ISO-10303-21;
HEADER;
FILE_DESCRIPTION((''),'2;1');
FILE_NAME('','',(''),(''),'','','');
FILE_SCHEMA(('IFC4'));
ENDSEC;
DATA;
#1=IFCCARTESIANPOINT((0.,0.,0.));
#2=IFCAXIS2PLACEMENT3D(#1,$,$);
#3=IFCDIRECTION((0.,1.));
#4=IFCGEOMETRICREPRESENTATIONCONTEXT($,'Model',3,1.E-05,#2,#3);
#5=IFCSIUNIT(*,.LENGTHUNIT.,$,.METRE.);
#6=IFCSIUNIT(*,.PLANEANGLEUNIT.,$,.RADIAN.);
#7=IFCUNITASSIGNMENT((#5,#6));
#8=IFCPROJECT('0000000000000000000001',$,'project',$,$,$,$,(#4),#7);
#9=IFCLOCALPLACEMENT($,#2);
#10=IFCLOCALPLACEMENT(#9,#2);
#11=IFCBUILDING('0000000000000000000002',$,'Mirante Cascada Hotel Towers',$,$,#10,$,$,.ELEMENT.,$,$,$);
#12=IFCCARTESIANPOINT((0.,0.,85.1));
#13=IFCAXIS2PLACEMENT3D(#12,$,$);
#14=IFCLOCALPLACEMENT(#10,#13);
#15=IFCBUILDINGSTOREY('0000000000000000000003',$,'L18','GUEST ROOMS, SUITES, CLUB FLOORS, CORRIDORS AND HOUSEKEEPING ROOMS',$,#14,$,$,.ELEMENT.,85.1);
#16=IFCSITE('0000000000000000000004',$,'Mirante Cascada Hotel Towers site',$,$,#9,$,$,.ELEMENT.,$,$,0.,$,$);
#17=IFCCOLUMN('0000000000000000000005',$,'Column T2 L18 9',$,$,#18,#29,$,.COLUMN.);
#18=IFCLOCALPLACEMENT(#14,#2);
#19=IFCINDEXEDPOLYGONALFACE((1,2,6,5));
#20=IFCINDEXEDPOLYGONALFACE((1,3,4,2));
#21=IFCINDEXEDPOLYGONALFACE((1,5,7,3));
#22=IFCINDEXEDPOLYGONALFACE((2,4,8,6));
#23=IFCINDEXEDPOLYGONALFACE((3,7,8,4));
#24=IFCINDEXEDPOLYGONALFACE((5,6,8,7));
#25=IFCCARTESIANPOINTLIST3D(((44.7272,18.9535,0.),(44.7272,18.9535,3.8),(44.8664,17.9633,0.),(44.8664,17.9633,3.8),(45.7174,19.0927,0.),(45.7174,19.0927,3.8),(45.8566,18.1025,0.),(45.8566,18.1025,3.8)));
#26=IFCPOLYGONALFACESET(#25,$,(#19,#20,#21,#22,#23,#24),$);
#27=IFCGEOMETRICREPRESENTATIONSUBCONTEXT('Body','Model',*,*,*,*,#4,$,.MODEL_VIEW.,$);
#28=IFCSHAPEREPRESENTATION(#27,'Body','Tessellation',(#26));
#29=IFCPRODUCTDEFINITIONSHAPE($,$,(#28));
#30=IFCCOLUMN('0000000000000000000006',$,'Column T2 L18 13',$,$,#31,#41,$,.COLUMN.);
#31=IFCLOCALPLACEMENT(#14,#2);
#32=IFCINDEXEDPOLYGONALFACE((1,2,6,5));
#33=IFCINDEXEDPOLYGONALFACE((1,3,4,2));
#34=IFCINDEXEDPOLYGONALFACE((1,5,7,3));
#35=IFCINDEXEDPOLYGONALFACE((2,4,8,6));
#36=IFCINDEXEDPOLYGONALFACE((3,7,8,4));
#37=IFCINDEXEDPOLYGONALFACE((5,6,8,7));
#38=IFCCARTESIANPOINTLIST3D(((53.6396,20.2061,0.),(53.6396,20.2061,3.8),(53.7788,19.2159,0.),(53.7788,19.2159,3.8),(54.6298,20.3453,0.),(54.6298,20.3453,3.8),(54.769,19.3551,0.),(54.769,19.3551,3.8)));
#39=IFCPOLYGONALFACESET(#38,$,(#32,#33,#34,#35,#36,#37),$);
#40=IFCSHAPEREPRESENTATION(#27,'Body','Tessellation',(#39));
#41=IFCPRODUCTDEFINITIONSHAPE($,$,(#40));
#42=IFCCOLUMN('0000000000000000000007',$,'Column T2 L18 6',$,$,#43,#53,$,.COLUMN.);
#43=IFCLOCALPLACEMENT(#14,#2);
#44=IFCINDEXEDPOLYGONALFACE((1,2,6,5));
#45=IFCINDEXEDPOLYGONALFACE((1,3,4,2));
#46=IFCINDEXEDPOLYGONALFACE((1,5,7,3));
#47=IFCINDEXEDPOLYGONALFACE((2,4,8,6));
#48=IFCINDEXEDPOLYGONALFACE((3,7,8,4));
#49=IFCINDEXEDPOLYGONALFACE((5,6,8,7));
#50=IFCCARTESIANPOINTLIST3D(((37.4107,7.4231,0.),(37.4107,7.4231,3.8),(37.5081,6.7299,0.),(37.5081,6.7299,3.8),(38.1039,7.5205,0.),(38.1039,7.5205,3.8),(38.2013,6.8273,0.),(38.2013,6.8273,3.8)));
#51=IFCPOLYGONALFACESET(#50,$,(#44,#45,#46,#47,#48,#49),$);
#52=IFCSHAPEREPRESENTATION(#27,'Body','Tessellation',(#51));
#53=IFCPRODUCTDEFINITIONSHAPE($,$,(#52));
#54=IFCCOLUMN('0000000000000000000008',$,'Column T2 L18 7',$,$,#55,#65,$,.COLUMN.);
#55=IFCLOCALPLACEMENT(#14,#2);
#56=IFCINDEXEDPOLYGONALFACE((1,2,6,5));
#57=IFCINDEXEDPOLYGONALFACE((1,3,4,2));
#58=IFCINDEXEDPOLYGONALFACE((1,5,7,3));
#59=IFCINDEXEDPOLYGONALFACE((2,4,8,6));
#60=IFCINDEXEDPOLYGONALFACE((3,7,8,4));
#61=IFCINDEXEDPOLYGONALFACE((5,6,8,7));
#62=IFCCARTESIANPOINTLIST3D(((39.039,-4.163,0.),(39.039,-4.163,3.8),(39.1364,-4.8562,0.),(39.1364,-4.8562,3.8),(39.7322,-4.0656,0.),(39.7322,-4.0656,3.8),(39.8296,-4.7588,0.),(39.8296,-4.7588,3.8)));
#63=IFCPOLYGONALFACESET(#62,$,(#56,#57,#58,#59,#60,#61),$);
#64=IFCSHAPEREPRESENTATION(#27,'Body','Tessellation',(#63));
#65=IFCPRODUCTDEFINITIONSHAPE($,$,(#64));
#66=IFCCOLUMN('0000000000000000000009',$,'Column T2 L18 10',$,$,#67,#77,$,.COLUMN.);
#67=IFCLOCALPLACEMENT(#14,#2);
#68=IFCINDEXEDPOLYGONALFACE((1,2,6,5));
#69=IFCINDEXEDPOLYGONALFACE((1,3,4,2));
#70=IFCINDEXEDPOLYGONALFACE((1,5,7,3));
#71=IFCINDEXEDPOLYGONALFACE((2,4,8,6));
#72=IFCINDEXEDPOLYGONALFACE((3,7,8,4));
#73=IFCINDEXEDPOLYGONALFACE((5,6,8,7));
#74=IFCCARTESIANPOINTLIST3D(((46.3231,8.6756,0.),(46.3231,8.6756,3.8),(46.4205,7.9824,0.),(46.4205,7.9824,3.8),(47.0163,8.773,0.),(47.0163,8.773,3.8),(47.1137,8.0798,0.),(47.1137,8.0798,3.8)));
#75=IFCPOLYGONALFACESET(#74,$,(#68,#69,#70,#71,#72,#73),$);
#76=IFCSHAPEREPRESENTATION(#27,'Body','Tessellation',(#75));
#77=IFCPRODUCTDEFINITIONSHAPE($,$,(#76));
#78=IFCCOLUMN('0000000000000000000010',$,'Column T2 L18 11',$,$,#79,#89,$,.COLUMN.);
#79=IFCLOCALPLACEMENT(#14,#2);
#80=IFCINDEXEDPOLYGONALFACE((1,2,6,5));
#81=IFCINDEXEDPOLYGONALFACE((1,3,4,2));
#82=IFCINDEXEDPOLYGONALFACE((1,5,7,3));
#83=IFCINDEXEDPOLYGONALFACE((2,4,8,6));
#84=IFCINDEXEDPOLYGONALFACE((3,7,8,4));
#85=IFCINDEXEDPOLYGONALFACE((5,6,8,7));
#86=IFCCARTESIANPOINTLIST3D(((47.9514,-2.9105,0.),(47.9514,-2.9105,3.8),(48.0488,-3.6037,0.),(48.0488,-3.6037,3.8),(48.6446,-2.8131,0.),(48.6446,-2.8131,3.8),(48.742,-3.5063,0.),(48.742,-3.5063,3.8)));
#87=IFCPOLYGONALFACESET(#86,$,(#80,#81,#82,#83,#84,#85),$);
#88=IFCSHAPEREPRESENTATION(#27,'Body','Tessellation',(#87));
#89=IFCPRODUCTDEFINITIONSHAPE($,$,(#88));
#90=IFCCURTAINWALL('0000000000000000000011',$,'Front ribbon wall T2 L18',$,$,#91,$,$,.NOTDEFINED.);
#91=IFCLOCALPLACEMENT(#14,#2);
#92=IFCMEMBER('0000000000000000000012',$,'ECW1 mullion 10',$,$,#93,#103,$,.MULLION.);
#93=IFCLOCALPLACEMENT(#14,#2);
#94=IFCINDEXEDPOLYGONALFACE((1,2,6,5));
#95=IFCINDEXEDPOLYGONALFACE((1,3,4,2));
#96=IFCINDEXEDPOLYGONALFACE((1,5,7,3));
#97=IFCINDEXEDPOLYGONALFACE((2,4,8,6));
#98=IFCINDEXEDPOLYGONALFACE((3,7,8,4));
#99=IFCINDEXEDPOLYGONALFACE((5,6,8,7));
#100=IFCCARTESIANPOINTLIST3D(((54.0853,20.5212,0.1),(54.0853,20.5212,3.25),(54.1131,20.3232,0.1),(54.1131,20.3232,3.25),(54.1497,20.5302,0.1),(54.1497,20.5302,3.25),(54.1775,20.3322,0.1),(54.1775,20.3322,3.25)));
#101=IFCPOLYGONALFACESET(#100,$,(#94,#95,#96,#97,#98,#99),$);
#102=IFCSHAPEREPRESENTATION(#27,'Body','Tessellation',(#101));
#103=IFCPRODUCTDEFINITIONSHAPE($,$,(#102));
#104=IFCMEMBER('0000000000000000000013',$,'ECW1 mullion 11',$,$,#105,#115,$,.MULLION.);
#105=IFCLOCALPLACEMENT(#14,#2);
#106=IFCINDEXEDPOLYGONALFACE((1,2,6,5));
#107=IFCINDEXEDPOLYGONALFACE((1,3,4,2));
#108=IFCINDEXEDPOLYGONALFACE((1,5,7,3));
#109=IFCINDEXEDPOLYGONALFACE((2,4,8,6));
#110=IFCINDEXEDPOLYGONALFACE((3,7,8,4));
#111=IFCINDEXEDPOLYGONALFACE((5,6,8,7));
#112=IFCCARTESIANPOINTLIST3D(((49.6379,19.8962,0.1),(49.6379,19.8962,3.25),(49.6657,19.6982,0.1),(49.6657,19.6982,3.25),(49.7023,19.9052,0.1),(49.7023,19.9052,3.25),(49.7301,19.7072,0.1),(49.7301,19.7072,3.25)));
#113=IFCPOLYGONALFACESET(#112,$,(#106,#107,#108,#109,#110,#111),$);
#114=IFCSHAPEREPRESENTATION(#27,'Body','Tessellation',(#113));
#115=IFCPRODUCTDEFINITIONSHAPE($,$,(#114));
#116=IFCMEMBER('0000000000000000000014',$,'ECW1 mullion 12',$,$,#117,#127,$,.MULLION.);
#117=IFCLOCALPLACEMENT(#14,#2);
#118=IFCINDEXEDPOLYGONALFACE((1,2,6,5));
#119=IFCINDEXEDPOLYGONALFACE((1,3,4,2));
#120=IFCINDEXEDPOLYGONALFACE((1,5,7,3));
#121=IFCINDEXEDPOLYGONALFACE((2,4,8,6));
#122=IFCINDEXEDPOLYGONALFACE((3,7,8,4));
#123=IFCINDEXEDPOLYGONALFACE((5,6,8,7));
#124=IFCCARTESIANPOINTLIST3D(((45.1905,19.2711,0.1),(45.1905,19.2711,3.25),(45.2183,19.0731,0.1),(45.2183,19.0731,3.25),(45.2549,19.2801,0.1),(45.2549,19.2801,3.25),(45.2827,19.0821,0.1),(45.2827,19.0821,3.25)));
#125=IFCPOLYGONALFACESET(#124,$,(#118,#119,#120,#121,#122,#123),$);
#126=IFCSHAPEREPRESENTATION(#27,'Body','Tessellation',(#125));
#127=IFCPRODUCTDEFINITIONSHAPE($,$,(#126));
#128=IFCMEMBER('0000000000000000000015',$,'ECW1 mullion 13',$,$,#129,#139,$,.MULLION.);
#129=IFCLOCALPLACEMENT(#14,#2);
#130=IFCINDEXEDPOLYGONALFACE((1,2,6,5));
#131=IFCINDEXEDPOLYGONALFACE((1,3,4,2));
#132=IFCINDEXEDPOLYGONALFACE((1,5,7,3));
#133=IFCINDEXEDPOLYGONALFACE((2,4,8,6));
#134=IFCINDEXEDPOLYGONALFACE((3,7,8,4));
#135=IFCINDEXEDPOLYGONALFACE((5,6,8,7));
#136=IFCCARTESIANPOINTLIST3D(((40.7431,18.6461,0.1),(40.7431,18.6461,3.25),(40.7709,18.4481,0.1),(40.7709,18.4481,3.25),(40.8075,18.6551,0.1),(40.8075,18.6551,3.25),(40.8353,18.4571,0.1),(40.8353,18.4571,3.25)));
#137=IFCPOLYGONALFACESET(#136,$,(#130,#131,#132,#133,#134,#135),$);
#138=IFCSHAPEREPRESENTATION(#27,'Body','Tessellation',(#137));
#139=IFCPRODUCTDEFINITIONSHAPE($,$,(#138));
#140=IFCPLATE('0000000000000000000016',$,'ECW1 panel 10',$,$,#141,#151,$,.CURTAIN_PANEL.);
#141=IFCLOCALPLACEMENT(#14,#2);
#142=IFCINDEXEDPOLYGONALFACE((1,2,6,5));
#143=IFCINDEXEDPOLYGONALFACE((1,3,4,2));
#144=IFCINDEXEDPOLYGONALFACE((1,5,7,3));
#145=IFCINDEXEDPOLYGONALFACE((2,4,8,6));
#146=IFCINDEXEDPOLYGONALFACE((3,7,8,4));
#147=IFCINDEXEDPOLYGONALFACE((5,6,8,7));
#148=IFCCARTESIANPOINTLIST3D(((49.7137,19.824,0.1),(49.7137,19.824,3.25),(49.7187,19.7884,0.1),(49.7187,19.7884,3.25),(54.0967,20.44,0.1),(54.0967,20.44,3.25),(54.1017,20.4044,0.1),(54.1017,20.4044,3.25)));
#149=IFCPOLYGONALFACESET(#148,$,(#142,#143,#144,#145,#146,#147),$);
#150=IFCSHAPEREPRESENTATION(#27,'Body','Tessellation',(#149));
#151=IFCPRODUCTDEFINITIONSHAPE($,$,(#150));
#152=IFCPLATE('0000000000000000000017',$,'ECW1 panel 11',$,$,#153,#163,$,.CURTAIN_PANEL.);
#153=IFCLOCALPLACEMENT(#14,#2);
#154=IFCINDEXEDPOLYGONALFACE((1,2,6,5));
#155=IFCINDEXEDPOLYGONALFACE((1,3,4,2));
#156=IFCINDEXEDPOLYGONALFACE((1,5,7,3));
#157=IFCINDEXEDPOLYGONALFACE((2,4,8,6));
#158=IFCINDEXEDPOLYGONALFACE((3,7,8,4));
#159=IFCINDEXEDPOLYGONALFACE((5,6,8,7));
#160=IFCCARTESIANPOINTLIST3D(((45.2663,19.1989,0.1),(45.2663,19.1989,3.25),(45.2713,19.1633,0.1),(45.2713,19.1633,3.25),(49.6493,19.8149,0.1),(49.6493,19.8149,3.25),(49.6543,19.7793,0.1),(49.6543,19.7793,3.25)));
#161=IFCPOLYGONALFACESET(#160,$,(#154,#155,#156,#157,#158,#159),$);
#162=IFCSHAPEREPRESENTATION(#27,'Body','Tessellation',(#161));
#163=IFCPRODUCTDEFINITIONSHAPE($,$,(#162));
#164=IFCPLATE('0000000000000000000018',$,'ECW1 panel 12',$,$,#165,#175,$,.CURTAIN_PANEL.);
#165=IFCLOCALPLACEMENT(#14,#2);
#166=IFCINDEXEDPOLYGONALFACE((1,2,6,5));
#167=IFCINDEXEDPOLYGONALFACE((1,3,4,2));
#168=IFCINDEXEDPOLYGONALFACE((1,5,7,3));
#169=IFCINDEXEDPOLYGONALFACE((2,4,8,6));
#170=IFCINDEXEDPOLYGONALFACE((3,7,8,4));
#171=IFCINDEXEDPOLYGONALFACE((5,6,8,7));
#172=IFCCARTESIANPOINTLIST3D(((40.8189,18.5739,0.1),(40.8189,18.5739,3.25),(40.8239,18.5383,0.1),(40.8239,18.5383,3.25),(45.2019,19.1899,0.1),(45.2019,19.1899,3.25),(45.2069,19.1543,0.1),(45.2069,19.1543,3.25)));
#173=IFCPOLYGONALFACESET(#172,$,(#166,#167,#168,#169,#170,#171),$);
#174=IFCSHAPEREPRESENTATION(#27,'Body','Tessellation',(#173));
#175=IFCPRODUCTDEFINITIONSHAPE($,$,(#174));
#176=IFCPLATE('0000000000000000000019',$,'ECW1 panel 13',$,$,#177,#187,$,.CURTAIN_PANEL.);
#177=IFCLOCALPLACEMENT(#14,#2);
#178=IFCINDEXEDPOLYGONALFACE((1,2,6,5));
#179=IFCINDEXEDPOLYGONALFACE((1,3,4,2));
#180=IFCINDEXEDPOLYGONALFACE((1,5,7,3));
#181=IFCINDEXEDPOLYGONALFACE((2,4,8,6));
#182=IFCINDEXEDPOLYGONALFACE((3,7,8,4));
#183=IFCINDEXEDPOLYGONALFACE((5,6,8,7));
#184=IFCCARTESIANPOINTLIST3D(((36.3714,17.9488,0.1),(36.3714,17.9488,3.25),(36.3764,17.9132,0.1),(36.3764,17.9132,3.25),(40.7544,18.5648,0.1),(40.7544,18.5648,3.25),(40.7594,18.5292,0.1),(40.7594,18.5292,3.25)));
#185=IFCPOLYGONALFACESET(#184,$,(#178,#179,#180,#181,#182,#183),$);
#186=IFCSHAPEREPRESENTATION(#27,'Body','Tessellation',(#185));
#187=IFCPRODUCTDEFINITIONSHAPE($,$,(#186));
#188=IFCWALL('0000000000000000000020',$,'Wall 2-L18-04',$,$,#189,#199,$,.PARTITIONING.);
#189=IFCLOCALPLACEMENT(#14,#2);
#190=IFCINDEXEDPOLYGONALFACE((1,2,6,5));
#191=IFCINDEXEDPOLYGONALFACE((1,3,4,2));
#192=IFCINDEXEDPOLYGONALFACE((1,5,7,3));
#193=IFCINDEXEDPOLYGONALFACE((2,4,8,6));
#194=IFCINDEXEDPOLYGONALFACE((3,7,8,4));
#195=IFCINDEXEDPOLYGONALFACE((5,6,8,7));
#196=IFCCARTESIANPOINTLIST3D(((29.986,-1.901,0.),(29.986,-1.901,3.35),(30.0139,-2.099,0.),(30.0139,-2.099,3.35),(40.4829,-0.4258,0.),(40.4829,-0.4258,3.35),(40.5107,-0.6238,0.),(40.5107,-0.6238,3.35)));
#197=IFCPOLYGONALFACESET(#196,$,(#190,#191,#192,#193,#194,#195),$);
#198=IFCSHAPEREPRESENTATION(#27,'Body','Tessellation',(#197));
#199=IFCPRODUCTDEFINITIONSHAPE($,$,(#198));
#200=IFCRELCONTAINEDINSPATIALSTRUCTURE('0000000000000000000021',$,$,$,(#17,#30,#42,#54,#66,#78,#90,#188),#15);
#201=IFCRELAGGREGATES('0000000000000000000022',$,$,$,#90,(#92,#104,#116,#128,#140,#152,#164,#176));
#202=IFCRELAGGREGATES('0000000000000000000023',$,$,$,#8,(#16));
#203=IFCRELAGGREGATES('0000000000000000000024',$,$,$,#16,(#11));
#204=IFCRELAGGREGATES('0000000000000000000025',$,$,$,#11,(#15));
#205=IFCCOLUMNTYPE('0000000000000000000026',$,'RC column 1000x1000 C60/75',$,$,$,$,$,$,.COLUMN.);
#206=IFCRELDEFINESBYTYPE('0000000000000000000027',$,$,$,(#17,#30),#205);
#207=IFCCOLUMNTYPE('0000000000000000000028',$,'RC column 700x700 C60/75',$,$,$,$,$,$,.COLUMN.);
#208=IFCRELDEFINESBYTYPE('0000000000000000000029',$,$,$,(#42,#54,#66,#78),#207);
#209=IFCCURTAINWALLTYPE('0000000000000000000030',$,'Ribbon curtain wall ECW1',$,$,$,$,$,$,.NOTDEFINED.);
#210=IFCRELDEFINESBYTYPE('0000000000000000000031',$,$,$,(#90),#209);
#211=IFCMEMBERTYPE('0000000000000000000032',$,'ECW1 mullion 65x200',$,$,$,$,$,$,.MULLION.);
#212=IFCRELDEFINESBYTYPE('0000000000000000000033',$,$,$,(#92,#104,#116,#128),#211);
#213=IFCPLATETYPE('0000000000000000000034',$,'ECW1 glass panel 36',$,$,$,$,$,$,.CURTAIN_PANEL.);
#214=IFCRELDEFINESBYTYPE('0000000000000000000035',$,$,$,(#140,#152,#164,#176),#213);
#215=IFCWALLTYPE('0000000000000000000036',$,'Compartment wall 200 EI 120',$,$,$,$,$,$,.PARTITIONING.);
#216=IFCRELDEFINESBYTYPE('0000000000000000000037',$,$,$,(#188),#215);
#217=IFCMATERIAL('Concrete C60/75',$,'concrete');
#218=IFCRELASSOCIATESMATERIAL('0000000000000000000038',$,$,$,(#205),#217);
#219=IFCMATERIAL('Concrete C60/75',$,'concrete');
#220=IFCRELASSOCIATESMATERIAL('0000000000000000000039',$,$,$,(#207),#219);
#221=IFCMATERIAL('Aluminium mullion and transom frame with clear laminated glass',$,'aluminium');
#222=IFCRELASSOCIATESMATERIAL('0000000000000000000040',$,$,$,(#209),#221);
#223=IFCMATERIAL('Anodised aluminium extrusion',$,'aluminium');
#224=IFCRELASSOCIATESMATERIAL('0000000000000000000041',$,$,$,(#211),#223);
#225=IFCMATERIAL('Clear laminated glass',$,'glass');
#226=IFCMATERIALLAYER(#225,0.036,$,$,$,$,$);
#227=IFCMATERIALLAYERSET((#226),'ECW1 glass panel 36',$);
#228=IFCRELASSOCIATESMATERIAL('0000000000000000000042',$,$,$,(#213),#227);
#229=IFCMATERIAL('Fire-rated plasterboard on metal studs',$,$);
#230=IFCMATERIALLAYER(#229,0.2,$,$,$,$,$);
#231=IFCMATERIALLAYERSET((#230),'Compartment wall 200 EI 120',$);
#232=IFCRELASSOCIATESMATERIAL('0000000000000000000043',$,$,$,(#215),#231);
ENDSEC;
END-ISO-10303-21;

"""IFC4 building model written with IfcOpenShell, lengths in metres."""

from ifc_helpers import new_model, si_unit, direction, frame, frame_2d, origin, origin_2d, place, context, subcontext, project, spatial, rectangle, extrude, material, layer, layer_set, material_profile, profile_set, type_object, element, aggregate, save


model = new_model("IFC4")

# Units and contexts
model_context = context("Model", 3, precision=1e-05, world=origin(), true_north=direction((0.0, 1.0)))
body_context = subcontext(model_context, "Body", "Model", "MODEL_VIEW")
ifc_project = project(units=[si_unit("LENGTHUNIT", "METRE"), si_unit("PLANEANGLEUNIT", "RADIAN")], contexts=[model_context])

# Site, building, storey
site_placement = place(None, origin())
site = spatial("IfcSite", under=ifc_project, at=site_placement, Name="Mirante Cascada Hotel Towers site", CompositionType="ELEMENT", RefElevation=0.0)
building_placement = place(site_placement, origin())
building = spatial("IfcBuilding", under=site, at=building_placement, Name="Mirante Cascada Hotel Towers", CompositionType="ELEMENT")
storey_placement = place(building_placement, frame((0.0, 0.0, 85.1)))
storey = spatial("IfcBuildingStorey", under=building, at=storey_placement, Name="L18", Description="GUEST ROOMS, SUITES, CLUB FLOORS, CORRIDORS AND HOUSEKEEPING ROOMS", CompositionType="ELEMENT", Elevation=85.1)

# Columns
ifc_material_1 = material(Name="Concrete C60/75", Category="concrete")
ifc_material_profile_1 = material_profile(ifc_material_1, rectangle(XDim=1.0, YDim=1.0, at=origin_2d()), Name="RC column 1000x1000 C60/75")
ifc_profile_set_1 = profile_set([ifc_material_profile_1], Name="Concrete C60/75")
column_type_1 = type_object("IfcColumnType", Name="RC column 1000x1000 C60/75", PredefinedType="COLUMN", material=ifc_profile_set_1)
for number, where, z_axis, x_axis, name in (
    (1, (45.2919, 18.528, 0.0), (0.0, 0.0, 1.0), (0.990268, 0.139173, 0.0), "Column T2 L18 9"),
    (2, (54.2043, 19.7806, 0.0), (0.0, 0.0, 1.0), (0.990268, 0.139173, 0.0), "Column T2 L18 13"),
):
    element("IfcColumn", number, at=place(storey_placement, frame(where, z_axis=z_axis, x_axis=x_axis)), inside=storey, type_object=column_type_1, Name=name, PredefinedType="COLUMN", context=body_context, shape_type="SweptSolid", body=[
        extrude(rectangle(XDim=1.0, YDim=1.0, at=origin_2d()), origin(), (0.0, 0.0, 1.0), 3.8),
    ])
ifc_material_2 = material(Name="Concrete C60/75", Category="concrete")
ifc_material_profile_2 = material_profile(ifc_material_2, rectangle(XDim=0.7, YDim=0.7, at=origin_2d()), Name="RC column 700x700 C60/75")
ifc_profile_set_2 = profile_set([ifc_material_profile_2], Name="Concrete C60/75")
column_type_2 = type_object("IfcColumnType", Name="RC column 700x700 C60/75", PredefinedType="COLUMN", material=ifc_profile_set_2)
for number, where, z_axis, x_axis, name in (
    (3, (37.806, 7.1252, 0.0), (0.0, 0.0, 1.0), (0.990268, 0.139173, 0.0), "Column T2 L18 6"),
    (4, (39.4343, -4.4609, 0.0), (0.0, 0.0, 1.0), (0.990268, 0.139173, 0.0), "Column T2 L18 7"),
    (5, (46.7184, 8.3777, 0.0), (0.0, 0.0, 1.0), (0.990268, 0.139173, 0.0), "Column T2 L18 10"),
    (6, (48.3467, -3.2084, 0.0), (0.0, 0.0, 1.0), (0.990268, 0.139173, 0.0), "Column T2 L18 11"),
):
    element("IfcColumn", number, at=place(storey_placement, frame(where, z_axis=z_axis, x_axis=x_axis)), inside=storey, type_object=column_type_2, Name=name, PredefinedType="COLUMN", context=body_context, shape_type="SweptSolid", body=[
        extrude(rectangle(XDim=0.7, YDim=0.7, at=origin_2d()), origin(), (0.0, 0.0, 1.0), 3.8),
    ])

# Curtain wall, members, plates
ifc_material_3 = material(Name="Aluminium mullion and transom frame with clear laminated glass", Category="aluminium")
curtain_wall_type = type_object("IfcCurtainWallType", Name="Ribbon curtain wall ECW1", PredefinedType="NOTDEFINED", material=ifc_material_3)
curtain_wall_placement = place(storey_placement, origin())
curtain_wall = element("IfcCurtainWall", 7, at=curtain_wall_placement, inside=storey, type_object=curtain_wall_type, Name="Front ribbon wall T2 L18", PredefinedType="NOTDEFINED")
ifc_material_4 = material(Name="Anodised aluminium extrusion", Category="aluminium")
ifc_material_profile_3 = material_profile(ifc_material_4, rectangle(XDim=0.2, YDim=0.065, at=origin_2d()), Name="ECW1 MULLION 65x200")
ifc_profile_set_3 = profile_set([ifc_material_profile_3], Name="Anodised aluminium extrusion")
member_type = type_object("IfcMemberType", Name="ECW1 mullion 65x200", PredefinedType="MULLION", material=ifc_profile_set_3)
member_1_placement = place(storey_placement, frame((54.1314, 20.4267, 0.1), z_axis=(0.0, 0.0, 1.0), x_axis=(0.139173, -0.990268, 0.0)))
member_1 = element("IfcMember", 8, at=member_1_placement, type_object=member_type, Name="ECW1 mullion 10", PredefinedType="MULLION", context=body_context, shape_type="SweptSolid", body=[
    extrude(rectangle(XDim=0.2, YDim=0.065, at=origin_2d()), origin(), (0.0, 0.0, 1.0), 3.15),
])
member_2_placement = place(storey_placement, frame((49.684, 19.8017, 0.1), z_axis=(0.0, 0.0, 1.0), x_axis=(0.139173, -0.990268, 0.0)))
member_2 = element("IfcMember", 9, at=member_2_placement, type_object=member_type, Name="ECW1 mullion 11", PredefinedType="MULLION", context=body_context, shape_type="SweptSolid", body=[
    extrude(rectangle(XDim=0.2, YDim=0.065, at=origin_2d()), origin(), (0.0, 0.0, 1.0), 3.15),
])
member_3_placement = place(storey_placement, frame((45.2366, 19.1766, 0.1), z_axis=(0.0, 0.0, 1.0), x_axis=(0.139173, -0.990268, 0.0)))
member_3 = element("IfcMember", 10, at=member_3_placement, type_object=member_type, Name="ECW1 mullion 12", PredefinedType="MULLION", context=body_context, shape_type="SweptSolid", body=[
    extrude(rectangle(XDim=0.2, YDim=0.065, at=origin_2d()), origin(), (0.0, 0.0, 1.0), 3.15),
])
member_4_placement = place(storey_placement, frame((40.7892, 18.5516, 0.1), z_axis=(0.0, 0.0, 1.0), x_axis=(0.139173, -0.990268, 0.0)))
member_4 = element("IfcMember", 11, at=member_4_placement, type_object=member_type, Name="ECW1 mullion 13", PredefinedType="MULLION", context=body_context, shape_type="SweptSolid", body=[
    extrude(rectangle(XDim=0.2, YDim=0.065, at=origin_2d()), origin(), (0.0, 0.0, 1.0), 3.15),
])
ifc_material_5 = material(Name="Clear laminated glass", Category="glass")
ifc_layer_1 = layer(ifc_material_5, 0.036)
ifc_layer_set_1 = layer_set([ifc_layer_1], Name="ECW1 glass panel 36")
plate_type = type_object("IfcPlateType", Name="ECW1 glass panel 36", PredefinedType="CURTAIN_PANEL", material=ifc_layer_set_1)
plate_1_placement = place(storey_placement, frame((51.9077, 20.1142, 0.1), z_axis=(0.0, 0.0, 1.0), x_axis=(-0.990268, -0.139173, 0.0)))
plate_1 = element("IfcPlate", 12, at=plate_1_placement, type_object=plate_type, Name="ECW1 panel 10", PredefinedType="CURTAIN_PANEL", context=body_context, shape_type="SweptSolid", body=[
    extrude(rectangle(XDim=4.4261, YDim=0.036, at=origin_2d()), origin(), (0.0, 0.0, 1.0), 3.15),
])
plate_2_placement = place(storey_placement, frame((47.4603, 19.4891, 0.1), z_axis=(0.0, 0.0, 1.0), x_axis=(-0.990268, -0.139173, 0.0)))
plate_2 = element("IfcPlate", 13, at=plate_2_placement, type_object=plate_type, Name="ECW1 panel 11", PredefinedType="CURTAIN_PANEL", context=body_context, shape_type="SweptSolid", body=[
    extrude(rectangle(XDim=4.4261, YDim=0.036, at=origin_2d()), origin(), (0.0, 0.0, 1.0), 3.15),
])
plate_3_placement = place(storey_placement, frame((43.0129, 18.8641, 0.1), z_axis=(0.0, 0.0, 1.0), x_axis=(-0.990268, -0.139173, 0.0)))
plate_3 = element("IfcPlate", 14, at=plate_3_placement, type_object=plate_type, Name="ECW1 panel 12", PredefinedType="CURTAIN_PANEL", context=body_context, shape_type="SweptSolid", body=[
    extrude(rectangle(XDim=4.4261, YDim=0.036, at=origin_2d()), origin(), (0.0, 0.0, 1.0), 3.15),
])
plate_4_placement = place(storey_placement, frame((38.5654, 18.239, 0.1), z_axis=(0.0, 0.0, 1.0), x_axis=(-0.990268, -0.139173, 0.0)))
plate_4 = element("IfcPlate", 15, at=plate_4_placement, type_object=plate_type, Name="ECW1 panel 13", PredefinedType="CURTAIN_PANEL", context=body_context, shape_type="SweptSolid", body=[
    extrude(rectangle(XDim=4.4261, YDim=0.036, at=origin_2d()), origin(), (0.0, 0.0, 1.0), 3.15),
])
aggregate(curtain_wall, [member_1, member_2, member_3, member_4, plate_1, plate_2, plate_3, plate_4])

# Wall
ifc_material_6 = material(Name="Fire-rated plasterboard on metal studs")
ifc_layer_2 = layer(ifc_material_6, 0.2)
ifc_layer_set_2 = layer_set([ifc_layer_2], Name="Compartment wall 200 EI 120")
wall_type_1 = type_object("IfcWallType", Name="Compartment wall 200 EI 120", PredefinedType="PARTITIONING", material=ifc_layer_set_2)
wall_1_placement = place(storey_placement, frame((40.4968, -0.5248, 0.0), z_axis=(0.0, 0.0, 1.0), x_axis=(-0.990268, -0.13917, 0.0)))
element("IfcWall", 16, at=wall_1_placement, inside=storey, type_object=wall_type_1, Name="Wall 2-L18-04", PredefinedType="PARTITIONING", context=body_context, shape_type="SweptSolid", body=[
    extrude(rectangle(XDim=10.6, YDim=0.2, at=frame_2d((5.3, 0.0))), origin(), (0.0, 0.0, 1.0), 3.35),
])

save(model, "model.ifc")
